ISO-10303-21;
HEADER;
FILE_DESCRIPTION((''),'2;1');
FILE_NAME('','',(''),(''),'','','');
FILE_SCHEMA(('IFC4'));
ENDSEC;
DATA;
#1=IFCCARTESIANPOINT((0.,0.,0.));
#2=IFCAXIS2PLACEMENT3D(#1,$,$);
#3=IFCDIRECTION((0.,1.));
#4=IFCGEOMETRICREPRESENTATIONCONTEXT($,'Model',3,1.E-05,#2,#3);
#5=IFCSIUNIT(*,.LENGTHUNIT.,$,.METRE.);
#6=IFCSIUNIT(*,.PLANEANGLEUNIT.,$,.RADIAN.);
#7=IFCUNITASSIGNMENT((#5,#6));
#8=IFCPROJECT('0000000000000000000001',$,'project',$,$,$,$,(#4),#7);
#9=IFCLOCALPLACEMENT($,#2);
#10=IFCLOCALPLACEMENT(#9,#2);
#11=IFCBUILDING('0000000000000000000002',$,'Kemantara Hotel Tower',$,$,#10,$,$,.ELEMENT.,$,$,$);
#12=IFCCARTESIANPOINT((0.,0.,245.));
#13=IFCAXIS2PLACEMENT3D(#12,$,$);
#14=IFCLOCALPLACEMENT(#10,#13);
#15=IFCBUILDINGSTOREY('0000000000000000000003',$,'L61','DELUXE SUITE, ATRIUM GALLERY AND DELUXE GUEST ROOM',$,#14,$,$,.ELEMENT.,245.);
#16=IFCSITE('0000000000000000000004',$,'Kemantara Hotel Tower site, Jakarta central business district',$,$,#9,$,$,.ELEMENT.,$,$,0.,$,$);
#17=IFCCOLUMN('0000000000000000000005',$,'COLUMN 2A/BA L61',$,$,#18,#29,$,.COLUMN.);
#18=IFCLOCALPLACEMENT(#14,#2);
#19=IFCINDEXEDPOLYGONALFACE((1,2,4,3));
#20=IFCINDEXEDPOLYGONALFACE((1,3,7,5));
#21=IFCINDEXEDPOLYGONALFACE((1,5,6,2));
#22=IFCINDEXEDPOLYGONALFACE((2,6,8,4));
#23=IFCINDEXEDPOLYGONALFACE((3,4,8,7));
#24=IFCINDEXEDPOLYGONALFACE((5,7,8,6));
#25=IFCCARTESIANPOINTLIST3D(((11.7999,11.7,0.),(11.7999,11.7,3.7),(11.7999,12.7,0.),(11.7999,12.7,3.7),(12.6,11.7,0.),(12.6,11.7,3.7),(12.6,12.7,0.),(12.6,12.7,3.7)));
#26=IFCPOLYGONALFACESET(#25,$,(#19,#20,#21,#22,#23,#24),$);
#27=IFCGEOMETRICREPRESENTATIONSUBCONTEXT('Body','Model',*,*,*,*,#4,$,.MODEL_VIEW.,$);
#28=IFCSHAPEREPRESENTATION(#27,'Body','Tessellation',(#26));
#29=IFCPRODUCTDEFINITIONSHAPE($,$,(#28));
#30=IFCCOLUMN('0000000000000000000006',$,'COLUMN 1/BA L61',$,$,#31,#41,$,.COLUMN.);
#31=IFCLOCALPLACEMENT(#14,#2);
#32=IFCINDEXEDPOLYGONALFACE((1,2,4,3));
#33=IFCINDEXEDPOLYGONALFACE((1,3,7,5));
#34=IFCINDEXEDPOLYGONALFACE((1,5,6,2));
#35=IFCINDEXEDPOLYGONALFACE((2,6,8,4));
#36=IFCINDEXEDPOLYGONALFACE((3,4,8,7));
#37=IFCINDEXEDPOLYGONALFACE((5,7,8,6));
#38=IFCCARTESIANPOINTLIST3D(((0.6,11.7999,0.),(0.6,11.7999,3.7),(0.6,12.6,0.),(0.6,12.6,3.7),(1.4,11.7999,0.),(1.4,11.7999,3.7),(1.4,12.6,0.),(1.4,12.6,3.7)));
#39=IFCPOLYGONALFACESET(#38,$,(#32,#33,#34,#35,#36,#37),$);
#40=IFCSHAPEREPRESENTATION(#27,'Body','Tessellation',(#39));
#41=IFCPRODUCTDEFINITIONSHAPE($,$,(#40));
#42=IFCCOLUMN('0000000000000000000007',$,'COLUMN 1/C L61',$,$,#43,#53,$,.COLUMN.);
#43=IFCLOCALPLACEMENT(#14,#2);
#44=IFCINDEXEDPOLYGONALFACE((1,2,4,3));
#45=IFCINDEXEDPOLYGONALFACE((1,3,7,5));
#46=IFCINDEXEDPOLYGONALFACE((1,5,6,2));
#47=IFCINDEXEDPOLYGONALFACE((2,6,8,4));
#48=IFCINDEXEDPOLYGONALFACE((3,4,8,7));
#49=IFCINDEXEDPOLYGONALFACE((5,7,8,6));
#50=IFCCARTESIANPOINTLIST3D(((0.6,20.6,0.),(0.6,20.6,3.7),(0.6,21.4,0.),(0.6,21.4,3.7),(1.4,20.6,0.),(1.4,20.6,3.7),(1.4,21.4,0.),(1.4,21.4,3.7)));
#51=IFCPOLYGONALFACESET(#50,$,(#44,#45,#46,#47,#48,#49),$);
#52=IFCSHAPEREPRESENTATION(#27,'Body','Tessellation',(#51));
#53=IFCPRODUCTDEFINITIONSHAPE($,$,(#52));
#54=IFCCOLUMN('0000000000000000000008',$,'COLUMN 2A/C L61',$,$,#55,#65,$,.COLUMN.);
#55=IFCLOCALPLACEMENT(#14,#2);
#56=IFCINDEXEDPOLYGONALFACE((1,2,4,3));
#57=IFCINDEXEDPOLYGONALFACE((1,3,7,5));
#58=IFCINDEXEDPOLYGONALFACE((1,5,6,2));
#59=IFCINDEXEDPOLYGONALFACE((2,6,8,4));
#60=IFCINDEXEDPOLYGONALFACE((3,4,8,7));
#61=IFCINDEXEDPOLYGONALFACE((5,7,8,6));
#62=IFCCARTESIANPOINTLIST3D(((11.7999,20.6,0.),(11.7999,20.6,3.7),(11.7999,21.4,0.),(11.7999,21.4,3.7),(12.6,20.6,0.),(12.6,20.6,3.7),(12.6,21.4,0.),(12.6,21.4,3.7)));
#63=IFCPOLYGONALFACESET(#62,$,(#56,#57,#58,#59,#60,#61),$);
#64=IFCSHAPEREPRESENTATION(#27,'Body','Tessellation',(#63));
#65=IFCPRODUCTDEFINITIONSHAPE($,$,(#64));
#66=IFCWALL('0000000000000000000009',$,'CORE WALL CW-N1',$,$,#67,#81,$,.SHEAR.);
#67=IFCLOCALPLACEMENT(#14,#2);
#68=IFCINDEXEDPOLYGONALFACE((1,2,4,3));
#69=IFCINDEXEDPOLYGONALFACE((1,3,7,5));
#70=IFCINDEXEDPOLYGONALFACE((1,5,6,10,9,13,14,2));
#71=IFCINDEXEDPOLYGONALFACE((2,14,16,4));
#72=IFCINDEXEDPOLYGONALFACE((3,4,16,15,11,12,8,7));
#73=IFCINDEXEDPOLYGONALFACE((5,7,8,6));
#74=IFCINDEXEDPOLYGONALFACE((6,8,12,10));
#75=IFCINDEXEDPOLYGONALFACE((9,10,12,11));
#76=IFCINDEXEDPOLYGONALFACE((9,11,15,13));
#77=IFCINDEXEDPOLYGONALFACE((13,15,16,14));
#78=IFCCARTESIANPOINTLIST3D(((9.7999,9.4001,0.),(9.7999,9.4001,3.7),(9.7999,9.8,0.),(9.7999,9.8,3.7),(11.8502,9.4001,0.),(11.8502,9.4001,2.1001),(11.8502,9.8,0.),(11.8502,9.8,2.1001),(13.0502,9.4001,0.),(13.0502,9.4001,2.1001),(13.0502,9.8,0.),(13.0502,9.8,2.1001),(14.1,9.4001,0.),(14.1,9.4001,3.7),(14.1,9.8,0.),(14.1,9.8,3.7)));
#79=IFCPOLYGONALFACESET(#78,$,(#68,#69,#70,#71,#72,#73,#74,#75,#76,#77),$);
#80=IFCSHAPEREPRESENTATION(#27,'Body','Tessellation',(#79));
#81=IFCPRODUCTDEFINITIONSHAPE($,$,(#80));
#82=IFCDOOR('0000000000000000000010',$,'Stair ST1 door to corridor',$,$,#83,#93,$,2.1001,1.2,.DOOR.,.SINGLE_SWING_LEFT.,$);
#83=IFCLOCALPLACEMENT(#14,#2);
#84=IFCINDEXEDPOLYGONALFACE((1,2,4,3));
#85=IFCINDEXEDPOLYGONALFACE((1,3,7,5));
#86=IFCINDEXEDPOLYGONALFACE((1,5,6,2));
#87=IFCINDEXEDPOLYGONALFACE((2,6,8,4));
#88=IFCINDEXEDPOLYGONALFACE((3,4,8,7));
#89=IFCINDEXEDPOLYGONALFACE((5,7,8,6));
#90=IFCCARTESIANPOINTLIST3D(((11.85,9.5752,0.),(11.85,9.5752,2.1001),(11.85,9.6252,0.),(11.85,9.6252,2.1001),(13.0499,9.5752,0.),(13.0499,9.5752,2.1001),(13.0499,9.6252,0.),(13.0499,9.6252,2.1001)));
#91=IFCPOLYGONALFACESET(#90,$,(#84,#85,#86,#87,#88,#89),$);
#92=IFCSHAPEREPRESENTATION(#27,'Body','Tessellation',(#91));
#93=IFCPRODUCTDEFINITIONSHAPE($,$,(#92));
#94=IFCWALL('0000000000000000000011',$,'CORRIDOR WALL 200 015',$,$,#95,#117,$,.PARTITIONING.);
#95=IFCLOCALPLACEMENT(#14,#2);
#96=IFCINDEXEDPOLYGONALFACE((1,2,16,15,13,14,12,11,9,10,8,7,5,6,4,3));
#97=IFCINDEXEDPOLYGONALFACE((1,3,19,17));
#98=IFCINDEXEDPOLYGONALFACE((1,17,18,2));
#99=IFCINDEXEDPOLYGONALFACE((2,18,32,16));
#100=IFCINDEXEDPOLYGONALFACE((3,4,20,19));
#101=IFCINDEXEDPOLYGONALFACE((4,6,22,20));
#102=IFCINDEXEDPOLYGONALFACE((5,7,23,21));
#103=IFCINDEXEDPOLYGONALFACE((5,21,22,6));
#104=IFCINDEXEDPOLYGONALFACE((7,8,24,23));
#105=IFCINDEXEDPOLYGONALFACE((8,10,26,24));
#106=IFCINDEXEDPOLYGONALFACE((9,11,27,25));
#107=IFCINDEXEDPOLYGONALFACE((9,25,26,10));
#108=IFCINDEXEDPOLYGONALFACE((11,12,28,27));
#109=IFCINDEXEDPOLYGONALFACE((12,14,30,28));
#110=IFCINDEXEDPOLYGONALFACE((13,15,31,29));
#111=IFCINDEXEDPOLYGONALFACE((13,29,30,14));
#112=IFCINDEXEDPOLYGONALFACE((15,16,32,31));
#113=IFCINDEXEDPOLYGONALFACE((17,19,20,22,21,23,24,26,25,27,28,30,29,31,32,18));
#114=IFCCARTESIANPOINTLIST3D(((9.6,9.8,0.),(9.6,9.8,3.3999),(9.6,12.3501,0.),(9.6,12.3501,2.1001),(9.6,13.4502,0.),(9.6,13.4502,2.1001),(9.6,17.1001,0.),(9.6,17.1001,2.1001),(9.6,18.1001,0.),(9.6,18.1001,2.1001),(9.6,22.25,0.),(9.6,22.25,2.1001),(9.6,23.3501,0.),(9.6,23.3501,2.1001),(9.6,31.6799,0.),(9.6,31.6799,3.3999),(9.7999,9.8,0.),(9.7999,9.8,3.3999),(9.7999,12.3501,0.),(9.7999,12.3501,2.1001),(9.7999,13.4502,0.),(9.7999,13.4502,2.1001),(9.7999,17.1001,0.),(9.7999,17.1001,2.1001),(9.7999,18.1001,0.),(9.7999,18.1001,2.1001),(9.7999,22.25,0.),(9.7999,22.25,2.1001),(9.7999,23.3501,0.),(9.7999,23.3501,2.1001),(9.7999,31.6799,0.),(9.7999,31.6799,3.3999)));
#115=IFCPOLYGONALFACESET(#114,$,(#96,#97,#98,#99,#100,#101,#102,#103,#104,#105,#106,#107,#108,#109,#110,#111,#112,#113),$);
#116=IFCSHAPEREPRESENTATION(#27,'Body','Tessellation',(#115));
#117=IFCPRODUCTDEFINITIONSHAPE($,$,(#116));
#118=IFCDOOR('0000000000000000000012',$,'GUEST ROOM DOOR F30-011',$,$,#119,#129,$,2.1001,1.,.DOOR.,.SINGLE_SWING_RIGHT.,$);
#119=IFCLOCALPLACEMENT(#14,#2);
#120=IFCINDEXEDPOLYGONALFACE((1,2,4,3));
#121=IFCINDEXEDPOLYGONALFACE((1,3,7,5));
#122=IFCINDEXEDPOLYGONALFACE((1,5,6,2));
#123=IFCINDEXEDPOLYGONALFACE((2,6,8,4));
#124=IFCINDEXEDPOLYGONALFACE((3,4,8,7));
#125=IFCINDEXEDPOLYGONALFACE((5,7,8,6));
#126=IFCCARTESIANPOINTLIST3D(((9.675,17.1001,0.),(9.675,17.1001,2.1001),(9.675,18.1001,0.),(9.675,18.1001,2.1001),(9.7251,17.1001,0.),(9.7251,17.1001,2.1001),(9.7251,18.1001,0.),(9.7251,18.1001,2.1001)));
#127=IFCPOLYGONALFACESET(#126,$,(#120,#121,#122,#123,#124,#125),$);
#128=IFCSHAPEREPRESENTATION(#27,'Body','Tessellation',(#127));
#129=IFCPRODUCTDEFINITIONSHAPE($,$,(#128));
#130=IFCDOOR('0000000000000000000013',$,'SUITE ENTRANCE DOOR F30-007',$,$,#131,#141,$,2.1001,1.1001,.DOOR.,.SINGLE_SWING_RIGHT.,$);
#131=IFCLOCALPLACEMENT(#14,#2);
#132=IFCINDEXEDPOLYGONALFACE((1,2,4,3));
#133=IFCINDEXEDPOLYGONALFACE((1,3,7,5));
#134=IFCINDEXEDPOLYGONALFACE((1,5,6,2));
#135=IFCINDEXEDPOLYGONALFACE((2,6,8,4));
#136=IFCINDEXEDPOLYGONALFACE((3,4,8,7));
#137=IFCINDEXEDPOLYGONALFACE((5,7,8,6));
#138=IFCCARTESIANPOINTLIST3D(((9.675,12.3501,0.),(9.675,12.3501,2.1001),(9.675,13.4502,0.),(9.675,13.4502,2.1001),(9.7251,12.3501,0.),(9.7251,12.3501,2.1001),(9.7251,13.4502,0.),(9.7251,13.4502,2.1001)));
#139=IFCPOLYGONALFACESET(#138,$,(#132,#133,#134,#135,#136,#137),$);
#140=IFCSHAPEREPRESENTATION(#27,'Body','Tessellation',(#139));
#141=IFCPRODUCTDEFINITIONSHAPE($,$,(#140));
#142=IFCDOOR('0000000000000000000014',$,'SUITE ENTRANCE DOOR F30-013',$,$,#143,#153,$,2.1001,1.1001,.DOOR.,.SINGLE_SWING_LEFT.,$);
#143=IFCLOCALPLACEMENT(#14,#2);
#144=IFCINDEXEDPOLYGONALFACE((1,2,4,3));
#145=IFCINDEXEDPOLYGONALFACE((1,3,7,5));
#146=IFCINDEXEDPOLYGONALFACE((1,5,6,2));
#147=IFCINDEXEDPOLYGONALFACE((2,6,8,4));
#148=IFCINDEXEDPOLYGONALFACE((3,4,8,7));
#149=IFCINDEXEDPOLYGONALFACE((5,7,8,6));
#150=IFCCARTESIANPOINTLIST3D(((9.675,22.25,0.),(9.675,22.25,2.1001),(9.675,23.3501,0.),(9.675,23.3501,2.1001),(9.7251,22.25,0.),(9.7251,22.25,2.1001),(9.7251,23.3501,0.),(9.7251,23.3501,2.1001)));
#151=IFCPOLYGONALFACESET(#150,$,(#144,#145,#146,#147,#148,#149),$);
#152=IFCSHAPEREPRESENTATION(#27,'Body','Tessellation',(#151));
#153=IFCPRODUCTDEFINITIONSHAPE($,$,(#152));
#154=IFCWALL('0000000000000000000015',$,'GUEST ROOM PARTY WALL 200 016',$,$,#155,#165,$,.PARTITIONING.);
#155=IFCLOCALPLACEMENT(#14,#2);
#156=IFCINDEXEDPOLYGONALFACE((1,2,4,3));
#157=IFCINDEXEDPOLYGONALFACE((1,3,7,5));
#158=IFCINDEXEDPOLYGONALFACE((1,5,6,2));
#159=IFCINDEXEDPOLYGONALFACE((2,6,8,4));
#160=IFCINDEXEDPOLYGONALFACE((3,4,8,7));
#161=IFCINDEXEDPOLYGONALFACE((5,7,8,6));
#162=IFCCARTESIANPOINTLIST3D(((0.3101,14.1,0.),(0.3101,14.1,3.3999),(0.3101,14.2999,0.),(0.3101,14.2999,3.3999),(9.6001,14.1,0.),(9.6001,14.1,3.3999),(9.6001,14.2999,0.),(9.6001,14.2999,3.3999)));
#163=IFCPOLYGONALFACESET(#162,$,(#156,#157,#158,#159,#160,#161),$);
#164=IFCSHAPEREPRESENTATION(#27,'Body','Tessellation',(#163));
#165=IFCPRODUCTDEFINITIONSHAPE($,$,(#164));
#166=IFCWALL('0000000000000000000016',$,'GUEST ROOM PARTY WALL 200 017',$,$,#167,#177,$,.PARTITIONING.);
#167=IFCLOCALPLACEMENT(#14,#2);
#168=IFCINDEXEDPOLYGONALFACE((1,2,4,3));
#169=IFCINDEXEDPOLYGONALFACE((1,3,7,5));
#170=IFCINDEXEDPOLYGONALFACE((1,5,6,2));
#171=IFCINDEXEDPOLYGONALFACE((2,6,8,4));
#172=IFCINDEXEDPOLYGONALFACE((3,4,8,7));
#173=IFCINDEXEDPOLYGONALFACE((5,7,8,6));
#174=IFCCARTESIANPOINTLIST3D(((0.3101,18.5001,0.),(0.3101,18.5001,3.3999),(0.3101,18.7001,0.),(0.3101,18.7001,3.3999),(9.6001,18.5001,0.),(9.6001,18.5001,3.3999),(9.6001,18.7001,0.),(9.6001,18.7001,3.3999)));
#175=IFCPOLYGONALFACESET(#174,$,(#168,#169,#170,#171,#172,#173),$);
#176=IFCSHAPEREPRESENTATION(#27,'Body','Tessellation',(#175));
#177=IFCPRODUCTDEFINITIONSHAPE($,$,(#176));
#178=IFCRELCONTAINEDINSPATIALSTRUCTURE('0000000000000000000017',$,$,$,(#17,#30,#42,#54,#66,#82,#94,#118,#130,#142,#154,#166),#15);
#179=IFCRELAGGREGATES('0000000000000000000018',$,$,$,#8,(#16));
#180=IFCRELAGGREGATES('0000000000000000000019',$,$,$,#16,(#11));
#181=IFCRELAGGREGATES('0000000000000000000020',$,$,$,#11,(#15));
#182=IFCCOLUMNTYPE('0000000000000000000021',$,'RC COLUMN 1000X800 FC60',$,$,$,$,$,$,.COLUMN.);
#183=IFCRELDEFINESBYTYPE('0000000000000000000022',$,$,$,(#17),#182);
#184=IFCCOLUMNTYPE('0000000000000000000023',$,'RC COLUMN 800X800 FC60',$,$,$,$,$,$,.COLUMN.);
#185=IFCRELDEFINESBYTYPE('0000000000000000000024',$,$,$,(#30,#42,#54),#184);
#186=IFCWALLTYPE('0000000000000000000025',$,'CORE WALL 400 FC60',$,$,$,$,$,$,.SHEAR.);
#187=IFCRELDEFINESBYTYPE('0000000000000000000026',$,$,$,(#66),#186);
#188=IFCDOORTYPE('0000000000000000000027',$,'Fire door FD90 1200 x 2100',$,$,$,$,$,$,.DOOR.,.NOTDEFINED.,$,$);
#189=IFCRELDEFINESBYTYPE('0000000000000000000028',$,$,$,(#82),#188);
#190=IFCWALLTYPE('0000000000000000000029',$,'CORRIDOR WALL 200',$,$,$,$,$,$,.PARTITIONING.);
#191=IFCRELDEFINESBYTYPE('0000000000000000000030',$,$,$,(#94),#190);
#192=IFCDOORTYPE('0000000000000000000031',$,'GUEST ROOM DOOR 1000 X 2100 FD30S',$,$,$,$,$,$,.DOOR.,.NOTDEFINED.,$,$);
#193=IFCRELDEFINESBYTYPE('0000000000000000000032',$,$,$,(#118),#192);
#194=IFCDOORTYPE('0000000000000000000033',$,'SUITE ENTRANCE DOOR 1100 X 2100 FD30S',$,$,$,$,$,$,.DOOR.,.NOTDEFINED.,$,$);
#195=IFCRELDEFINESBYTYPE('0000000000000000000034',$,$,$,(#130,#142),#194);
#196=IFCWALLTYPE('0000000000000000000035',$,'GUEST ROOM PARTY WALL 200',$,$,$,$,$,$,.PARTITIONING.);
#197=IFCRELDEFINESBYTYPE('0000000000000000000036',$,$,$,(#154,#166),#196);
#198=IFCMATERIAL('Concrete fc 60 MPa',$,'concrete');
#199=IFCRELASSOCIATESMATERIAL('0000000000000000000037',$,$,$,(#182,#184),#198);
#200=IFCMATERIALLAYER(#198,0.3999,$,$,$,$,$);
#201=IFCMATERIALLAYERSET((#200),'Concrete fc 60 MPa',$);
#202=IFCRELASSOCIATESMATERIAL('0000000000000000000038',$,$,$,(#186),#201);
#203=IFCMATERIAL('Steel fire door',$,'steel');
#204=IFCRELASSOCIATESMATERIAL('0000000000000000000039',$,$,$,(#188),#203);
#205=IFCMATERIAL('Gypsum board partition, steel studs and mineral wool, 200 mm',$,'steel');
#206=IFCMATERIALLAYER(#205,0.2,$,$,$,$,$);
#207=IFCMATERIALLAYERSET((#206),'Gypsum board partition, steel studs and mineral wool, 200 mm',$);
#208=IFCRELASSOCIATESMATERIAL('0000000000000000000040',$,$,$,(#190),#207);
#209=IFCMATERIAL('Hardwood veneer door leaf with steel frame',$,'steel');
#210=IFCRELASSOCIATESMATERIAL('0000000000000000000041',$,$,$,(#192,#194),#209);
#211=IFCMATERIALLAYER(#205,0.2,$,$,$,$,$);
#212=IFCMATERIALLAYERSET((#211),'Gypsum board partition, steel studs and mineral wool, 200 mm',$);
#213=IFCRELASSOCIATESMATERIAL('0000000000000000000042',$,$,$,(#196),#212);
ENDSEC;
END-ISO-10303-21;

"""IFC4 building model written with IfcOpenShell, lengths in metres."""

from ifc_helpers import new_model, si_unit, direction, frame, frame_2d, origin, origin_2d, place, context, subcontext, project, spatial, rectangle, extrude, material, layer, layer_set, material_profile, profile_set, type_object, element, fill, save


model = new_model("IFC4")

# Units and contexts
model_context = context("Model", 3, precision=1e-05, world=origin(), true_north=direction((0.0, 1.0)))
body_context = subcontext(model_context, "Body", "Model", "MODEL_VIEW")
ifc_project = project(units=[si_unit("LENGTHUNIT", "METRE"), si_unit("PLANEANGLEUNIT", "RADIAN")], contexts=[model_context])

# Site, building, storey
site_placement = place(None, origin())
site = spatial("IfcSite", under=ifc_project, at=site_placement, Name="Kemantara Hotel Tower site, Jakarta central business district", CompositionType="ELEMENT", RefElevation=0.0)
building_placement = place(site_placement, origin())
building = spatial("IfcBuilding", under=site, at=building_placement, Name="Kemantara Hotel Tower", CompositionType="ELEMENT")
storey_placement = place(building_placement, frame((0.0, 0.0, 245.0)))
storey = spatial("IfcBuildingStorey", under=building, at=storey_placement, Name="L61", Description="DELUXE SUITE, ATRIUM GALLERY AND DELUXE GUEST ROOM", CompositionType="ELEMENT", Elevation=245.0)

# Columns
ifc_material_1 = material(Name="Concrete fc 60 MPa", Category="concrete")
ifc_material_profile_1 = material_profile(ifc_material_1, rectangle(XDim=1.0, YDim=0.8, at=origin_2d()), Name="RC 1000X800")
ifc_profile_set_1 = profile_set([ifc_material_profile_1], Name="Concrete fc 60 MPa")
column_type_1 = type_object("IfcColumnType", Name="RC COLUMN 1000X800 FC60", PredefinedType="COLUMN", material=ifc_profile_set_1)
column_placement = place(storey_placement, frame((12.2, 12.2, 0.0), z_axis=(0.0, 0.0, 1.0), x_axis=(0.0, 1.0, 0.0)))
element("IfcColumn", 1, at=column_placement, inside=storey, type_object=column_type_1, Name="COLUMN 2A/BA L61", PredefinedType="COLUMN", context=body_context, shape_type="SweptSolid", body=[
    extrude(rectangle(XDim=1.0, YDim=0.8, at=origin_2d()), origin(), (0.0, 0.0, 1.0), 3.7),
])
ifc_material_profile_2 = material_profile(ifc_material_1, rectangle(XDim=0.8, YDim=0.8, at=origin_2d()), Name="RC 800X800")
ifc_profile_set_2 = profile_set([ifc_material_profile_2], Name="Concrete fc 60 MPa")
column_type_2 = type_object("IfcColumnType", Name="RC COLUMN 800X800 FC60", PredefinedType="COLUMN", material=ifc_profile_set_2)
for number, where, z_axis, x_axis, name in (
    (2, (1.0, 12.2, 0.0), (0.0, 0.0, 1.0), (1.0, 0.0, 0.0), "COLUMN 1/BA L61"),
    (3, (1.0, 21.0, 0.0), (0.0, 0.0, 1.0), (1.0, 0.0, 0.0), "COLUMN 1/C L61"),
    (4, (12.2, 21.0, 0.0), (0.0, 0.0, 1.0), (1.0, 0.0, 0.0), "COLUMN 2A/C L61"),
):
    element("IfcColumn", number, at=place(storey_placement, frame(where, z_axis=z_axis, x_axis=x_axis)), inside=storey, type_object=column_type_2, Name=name, PredefinedType="COLUMN", context=body_context, shape_type="SweptSolid", body=[
        extrude(rectangle(XDim=0.8, YDim=0.8, at=origin_2d()), origin(), (0.0, 0.0, 1.0), 3.7),
    ])

# Wall, opening, door
ifc_layer_1 = layer(ifc_material_1, 0.3999)
ifc_layer_set_1 = layer_set([ifc_layer_1], Name="Concrete fc 60 MPa")
wall_type_1 = type_object("IfcWallType", Name="CORE WALL 400 FC60", PredefinedType="SHEAR", material=ifc_layer_set_1)
wall_1_placement = place(storey_placement, frame((9.8, 9.6001, 0.0), z_axis=(0.0, 0.0, 1.0), x_axis=(1.0, 0.0, 0.0)))
wall_1 = element("IfcWall", 5, at=wall_1_placement, inside=storey, type_object=wall_type_1, Name="CORE WALL CW-N1", PredefinedType="SHEAR", context=body_context, shape_type="SweptSolid", body=[
    extrude(rectangle(XDim=4.3, YDim=0.3999, at=frame_2d((2.1499, 0.0))), origin(), (0.0, 0.0, 1.0), 3.7),
])
opening_1_placement = place(wall_1_placement, frame((2.05, 0.0, 0.0)))
opening_1 = element("IfcOpeningElement", 6, at=opening_1_placement, cuts=wall_1, PredefinedType="OPENING", context=body_context, shape_type="SweptSolid", body=[
    extrude(rectangle(XDim=1.2, YDim=2.1001, at=frame_2d((0.6001, 1.05))), frame((0.0, 0.21, 0.0), z_axis=(0.0, -1.0, 0.0), x_axis=(1.0, 0.0, 0.0)), (0.0, 0.0, 1.0), 0.4199),
])
ifc_material_2 = material(Name="Steel fire door", Category="steel")
door_type_1 = type_object("IfcDoorType", Name="Fire door FD90 1200 x 2100", OperationType="NOTDEFINED", PredefinedType="DOOR", material=ifc_material_2)
door_1_placement = place(opening_1_placement, frame((1.2, 0.0, 0.0), z_axis=(0.0, 0.0, 1.0), x_axis=(-1.0, 0.0, 0.0)))
door_1 = element("IfcDoor", 7, at=door_1_placement, inside=storey, type_object=door_type_1, Name="Stair ST1 door to corridor", OperationType="SINGLE_SWING_LEFT", OverallHeight=2.1001, OverallWidth=1.2, PredefinedType="DOOR", context=body_context, shape_type="SweptSolid", body=[
    extrude(rectangle(XDim=1.2, YDim=2.1001, at=frame_2d((0.6001, 1.05))), frame((0.0, 0.0249, 0.0), z_axis=(0.0, -1.0, 0.0), x_axis=(1.0, 0.0, 0.0)), (0.0, 0.0, 1.0), 0.05),
])
fill(opening_1, door_1)

# Wall, openings, doors
ifc_material_3 = material(Name="Gypsum board partition, steel studs and mineral wool, 200 mm", Category="steel")
ifc_layer_2 = layer(ifc_material_3, 0.2)
ifc_layer_set_2 = layer_set([ifc_layer_2], Name="Gypsum board partition, steel studs and mineral wool, 200 mm")
wall_type_2 = type_object("IfcWallType", Name="CORRIDOR WALL 200", PredefinedType="PARTITIONING", material=ifc_layer_set_2)
wall_2_placement = place(storey_placement, frame((9.7, 9.8, 0.0), z_axis=(0.0, 0.0, 1.0), x_axis=(0.0, 1.0, 0.0)))
wall_2 = element("IfcWall", 8, at=wall_2_placement, inside=storey, type_object=wall_type_2, Name="CORRIDOR WALL 200 015", PredefinedType="PARTITIONING", context=body_context, shape_type="SweptSolid", body=[
    extrude(rectangle(XDim=21.8799, YDim=0.2, at=frame_2d((10.9399, 0.0))), origin(), (0.0, 0.0, 1.0), 3.3999),
])
opening_2_placement = place(wall_2_placement, frame((2.55, 0.0, 0.0)))
opening_2 = element("IfcOpeningElement", 9, at=opening_2_placement, cuts=wall_2, PredefinedType="OPENING", context=body_context, shape_type="SweptSolid", body=[
    extrude(rectangle(XDim=1.1001, YDim=2.1001, at=frame_2d((0.55, 1.05))), frame((0.0, 0.1099, 0.0), z_axis=(0.0, -1.0, 0.0), x_axis=(1.0, 0.0, 0.0)), (0.0, 0.0, 1.0), 0.22),
])
opening_3_placement = place(wall_2_placement, frame((7.3, 0.0, 0.0)))
opening_3 = element("IfcOpeningElement", 10, at=opening_3_placement, cuts=wall_2, PredefinedType="OPENING", context=body_context, shape_type="SweptSolid", body=[
    extrude(rectangle(XDim=1.0, YDim=2.1001, at=frame_2d((0.5, 1.05))), frame((0.0, 0.1099, 0.0), z_axis=(0.0, -1.0, 0.0), x_axis=(1.0, 0.0, 0.0)), (0.0, 0.0, 1.0), 0.22),
])
opening_4_placement = place(wall_2_placement, frame((12.45, 0.0, 0.0)))
opening_4 = element("IfcOpeningElement", 11, at=opening_4_placement, cuts=wall_2, PredefinedType="OPENING", context=body_context, shape_type="SweptSolid", body=[
    extrude(rectangle(XDim=1.1001, YDim=2.1001, at=frame_2d((0.55, 1.05))), frame((0.0, 0.1099, 0.0), z_axis=(0.0, -1.0, 0.0), x_axis=(1.0, 0.0, 0.0)), (0.0, 0.0, 1.0), 0.22),
])
ifc_material_4 = material(Name="Hardwood veneer door leaf with steel frame", Category="steel")
door_type_2 = type_object("IfcDoorType", Name="GUEST ROOM DOOR 1000 X 2100 FD30S", OperationType="NOTDEFINED", PredefinedType="DOOR", material=ifc_material_4)
door_2_placement = place(opening_3_placement, origin())
door_2 = element("IfcDoor", 12, at=door_2_placement, inside=storey, type_object=door_type_2, Name="GUEST ROOM DOOR F30-011", OperationType="SINGLE_SWING_RIGHT", OverallHeight=2.1001, OverallWidth=1.0, PredefinedType="DOOR", context=body_context, shape_type="SweptSolid", body=[
    extrude(rectangle(XDim=1.0, YDim=2.1001, at=frame_2d((0.5, 1.05))), frame((0.0, 0.0249, 0.0), z_axis=(0.0, -1.0, 0.0), x_axis=(1.0, 0.0, 0.0)), (0.0, 0.0, 1.0), 0.05),
])
fill(opening_3, door_2)
door_type_3 = type_object("IfcDoorType", Name="SUITE ENTRANCE DOOR 1100 X 2100 FD30S", OperationType="NOTDEFINED", PredefinedType="DOOR", material=ifc_material_4)
door_3_placement = place(opening_2_placement, origin())
door_3 = element("IfcDoor", 13, at=door_3_placement, inside=storey, type_object=door_type_3, Name="SUITE ENTRANCE DOOR F30-007", OperationType="SINGLE_SWING_RIGHT", OverallHeight=2.1001, OverallWidth=1.1001, PredefinedType="DOOR", context=body_context, shape_type="SweptSolid", body=[
    extrude(rectangle(XDim=1.1001, YDim=2.1001, at=frame_2d((0.55, 1.05))), frame((0.0, 0.0249, 0.0), z_axis=(0.0, -1.0, 0.0), x_axis=(1.0, 0.0, 0.0)), (0.0, 0.0, 1.0), 0.05),
])
fill(opening_2, door_3)
door_4_placement = place(opening_4_placement, origin())
door_4 = element("IfcDoor", 14, at=door_4_placement, inside=storey, type_object=door_type_3, Name="SUITE ENTRANCE DOOR F30-013", OperationType="SINGLE_SWING_LEFT", OverallHeight=2.1001, OverallWidth=1.1001, PredefinedType="DOOR", context=body_context, shape_type="SweptSolid", body=[
    extrude(rectangle(XDim=1.1001, YDim=2.1001, at=frame_2d((0.55, 1.05))), frame((0.0, 0.0249, 0.0), z_axis=(0.0, -1.0, 0.0), x_axis=(1.0, 0.0, 0.0)), (0.0, 0.0, 1.0), 0.05),
])
fill(opening_4, door_4)

# Walls
ifc_layer_3 = layer(ifc_material_3, 0.2)
ifc_layer_set_3 = layer_set([ifc_layer_3], Name="Gypsum board partition, steel studs and mineral wool, 200 mm")
wall_type_3 = type_object("IfcWallType", Name="GUEST ROOM PARTY WALL 200", PredefinedType="PARTITIONING", material=ifc_layer_set_3)
for number, where, z_axis, x_axis, name in (
    (15, (0.3101, 14.2, 0.0), (0.0, 0.0, 1.0), (1.0, 0.0, 0.0), "GUEST ROOM PARTY WALL 200 016"),
    (16, (0.3101, 18.6001, 0.0), (0.0, 0.0, 1.0), (1.0, 0.0, 0.0), "GUEST ROOM PARTY WALL 200 017"),
):
    element("IfcWall", number, at=place(storey_placement, frame(where, z_axis=z_axis, x_axis=x_axis)), inside=storey, type_object=wall_type_3, Name=name, PredefinedType="PARTITIONING", context=body_context, shape_type="SweptSolid", body=[
        extrude(rectangle(XDim=9.29, YDim=0.2, at=frame_2d((4.645, 0.0))), origin(), (0.0, 0.0, 1.0), 3.3999),
    ])

save(model, "model.ifc")
